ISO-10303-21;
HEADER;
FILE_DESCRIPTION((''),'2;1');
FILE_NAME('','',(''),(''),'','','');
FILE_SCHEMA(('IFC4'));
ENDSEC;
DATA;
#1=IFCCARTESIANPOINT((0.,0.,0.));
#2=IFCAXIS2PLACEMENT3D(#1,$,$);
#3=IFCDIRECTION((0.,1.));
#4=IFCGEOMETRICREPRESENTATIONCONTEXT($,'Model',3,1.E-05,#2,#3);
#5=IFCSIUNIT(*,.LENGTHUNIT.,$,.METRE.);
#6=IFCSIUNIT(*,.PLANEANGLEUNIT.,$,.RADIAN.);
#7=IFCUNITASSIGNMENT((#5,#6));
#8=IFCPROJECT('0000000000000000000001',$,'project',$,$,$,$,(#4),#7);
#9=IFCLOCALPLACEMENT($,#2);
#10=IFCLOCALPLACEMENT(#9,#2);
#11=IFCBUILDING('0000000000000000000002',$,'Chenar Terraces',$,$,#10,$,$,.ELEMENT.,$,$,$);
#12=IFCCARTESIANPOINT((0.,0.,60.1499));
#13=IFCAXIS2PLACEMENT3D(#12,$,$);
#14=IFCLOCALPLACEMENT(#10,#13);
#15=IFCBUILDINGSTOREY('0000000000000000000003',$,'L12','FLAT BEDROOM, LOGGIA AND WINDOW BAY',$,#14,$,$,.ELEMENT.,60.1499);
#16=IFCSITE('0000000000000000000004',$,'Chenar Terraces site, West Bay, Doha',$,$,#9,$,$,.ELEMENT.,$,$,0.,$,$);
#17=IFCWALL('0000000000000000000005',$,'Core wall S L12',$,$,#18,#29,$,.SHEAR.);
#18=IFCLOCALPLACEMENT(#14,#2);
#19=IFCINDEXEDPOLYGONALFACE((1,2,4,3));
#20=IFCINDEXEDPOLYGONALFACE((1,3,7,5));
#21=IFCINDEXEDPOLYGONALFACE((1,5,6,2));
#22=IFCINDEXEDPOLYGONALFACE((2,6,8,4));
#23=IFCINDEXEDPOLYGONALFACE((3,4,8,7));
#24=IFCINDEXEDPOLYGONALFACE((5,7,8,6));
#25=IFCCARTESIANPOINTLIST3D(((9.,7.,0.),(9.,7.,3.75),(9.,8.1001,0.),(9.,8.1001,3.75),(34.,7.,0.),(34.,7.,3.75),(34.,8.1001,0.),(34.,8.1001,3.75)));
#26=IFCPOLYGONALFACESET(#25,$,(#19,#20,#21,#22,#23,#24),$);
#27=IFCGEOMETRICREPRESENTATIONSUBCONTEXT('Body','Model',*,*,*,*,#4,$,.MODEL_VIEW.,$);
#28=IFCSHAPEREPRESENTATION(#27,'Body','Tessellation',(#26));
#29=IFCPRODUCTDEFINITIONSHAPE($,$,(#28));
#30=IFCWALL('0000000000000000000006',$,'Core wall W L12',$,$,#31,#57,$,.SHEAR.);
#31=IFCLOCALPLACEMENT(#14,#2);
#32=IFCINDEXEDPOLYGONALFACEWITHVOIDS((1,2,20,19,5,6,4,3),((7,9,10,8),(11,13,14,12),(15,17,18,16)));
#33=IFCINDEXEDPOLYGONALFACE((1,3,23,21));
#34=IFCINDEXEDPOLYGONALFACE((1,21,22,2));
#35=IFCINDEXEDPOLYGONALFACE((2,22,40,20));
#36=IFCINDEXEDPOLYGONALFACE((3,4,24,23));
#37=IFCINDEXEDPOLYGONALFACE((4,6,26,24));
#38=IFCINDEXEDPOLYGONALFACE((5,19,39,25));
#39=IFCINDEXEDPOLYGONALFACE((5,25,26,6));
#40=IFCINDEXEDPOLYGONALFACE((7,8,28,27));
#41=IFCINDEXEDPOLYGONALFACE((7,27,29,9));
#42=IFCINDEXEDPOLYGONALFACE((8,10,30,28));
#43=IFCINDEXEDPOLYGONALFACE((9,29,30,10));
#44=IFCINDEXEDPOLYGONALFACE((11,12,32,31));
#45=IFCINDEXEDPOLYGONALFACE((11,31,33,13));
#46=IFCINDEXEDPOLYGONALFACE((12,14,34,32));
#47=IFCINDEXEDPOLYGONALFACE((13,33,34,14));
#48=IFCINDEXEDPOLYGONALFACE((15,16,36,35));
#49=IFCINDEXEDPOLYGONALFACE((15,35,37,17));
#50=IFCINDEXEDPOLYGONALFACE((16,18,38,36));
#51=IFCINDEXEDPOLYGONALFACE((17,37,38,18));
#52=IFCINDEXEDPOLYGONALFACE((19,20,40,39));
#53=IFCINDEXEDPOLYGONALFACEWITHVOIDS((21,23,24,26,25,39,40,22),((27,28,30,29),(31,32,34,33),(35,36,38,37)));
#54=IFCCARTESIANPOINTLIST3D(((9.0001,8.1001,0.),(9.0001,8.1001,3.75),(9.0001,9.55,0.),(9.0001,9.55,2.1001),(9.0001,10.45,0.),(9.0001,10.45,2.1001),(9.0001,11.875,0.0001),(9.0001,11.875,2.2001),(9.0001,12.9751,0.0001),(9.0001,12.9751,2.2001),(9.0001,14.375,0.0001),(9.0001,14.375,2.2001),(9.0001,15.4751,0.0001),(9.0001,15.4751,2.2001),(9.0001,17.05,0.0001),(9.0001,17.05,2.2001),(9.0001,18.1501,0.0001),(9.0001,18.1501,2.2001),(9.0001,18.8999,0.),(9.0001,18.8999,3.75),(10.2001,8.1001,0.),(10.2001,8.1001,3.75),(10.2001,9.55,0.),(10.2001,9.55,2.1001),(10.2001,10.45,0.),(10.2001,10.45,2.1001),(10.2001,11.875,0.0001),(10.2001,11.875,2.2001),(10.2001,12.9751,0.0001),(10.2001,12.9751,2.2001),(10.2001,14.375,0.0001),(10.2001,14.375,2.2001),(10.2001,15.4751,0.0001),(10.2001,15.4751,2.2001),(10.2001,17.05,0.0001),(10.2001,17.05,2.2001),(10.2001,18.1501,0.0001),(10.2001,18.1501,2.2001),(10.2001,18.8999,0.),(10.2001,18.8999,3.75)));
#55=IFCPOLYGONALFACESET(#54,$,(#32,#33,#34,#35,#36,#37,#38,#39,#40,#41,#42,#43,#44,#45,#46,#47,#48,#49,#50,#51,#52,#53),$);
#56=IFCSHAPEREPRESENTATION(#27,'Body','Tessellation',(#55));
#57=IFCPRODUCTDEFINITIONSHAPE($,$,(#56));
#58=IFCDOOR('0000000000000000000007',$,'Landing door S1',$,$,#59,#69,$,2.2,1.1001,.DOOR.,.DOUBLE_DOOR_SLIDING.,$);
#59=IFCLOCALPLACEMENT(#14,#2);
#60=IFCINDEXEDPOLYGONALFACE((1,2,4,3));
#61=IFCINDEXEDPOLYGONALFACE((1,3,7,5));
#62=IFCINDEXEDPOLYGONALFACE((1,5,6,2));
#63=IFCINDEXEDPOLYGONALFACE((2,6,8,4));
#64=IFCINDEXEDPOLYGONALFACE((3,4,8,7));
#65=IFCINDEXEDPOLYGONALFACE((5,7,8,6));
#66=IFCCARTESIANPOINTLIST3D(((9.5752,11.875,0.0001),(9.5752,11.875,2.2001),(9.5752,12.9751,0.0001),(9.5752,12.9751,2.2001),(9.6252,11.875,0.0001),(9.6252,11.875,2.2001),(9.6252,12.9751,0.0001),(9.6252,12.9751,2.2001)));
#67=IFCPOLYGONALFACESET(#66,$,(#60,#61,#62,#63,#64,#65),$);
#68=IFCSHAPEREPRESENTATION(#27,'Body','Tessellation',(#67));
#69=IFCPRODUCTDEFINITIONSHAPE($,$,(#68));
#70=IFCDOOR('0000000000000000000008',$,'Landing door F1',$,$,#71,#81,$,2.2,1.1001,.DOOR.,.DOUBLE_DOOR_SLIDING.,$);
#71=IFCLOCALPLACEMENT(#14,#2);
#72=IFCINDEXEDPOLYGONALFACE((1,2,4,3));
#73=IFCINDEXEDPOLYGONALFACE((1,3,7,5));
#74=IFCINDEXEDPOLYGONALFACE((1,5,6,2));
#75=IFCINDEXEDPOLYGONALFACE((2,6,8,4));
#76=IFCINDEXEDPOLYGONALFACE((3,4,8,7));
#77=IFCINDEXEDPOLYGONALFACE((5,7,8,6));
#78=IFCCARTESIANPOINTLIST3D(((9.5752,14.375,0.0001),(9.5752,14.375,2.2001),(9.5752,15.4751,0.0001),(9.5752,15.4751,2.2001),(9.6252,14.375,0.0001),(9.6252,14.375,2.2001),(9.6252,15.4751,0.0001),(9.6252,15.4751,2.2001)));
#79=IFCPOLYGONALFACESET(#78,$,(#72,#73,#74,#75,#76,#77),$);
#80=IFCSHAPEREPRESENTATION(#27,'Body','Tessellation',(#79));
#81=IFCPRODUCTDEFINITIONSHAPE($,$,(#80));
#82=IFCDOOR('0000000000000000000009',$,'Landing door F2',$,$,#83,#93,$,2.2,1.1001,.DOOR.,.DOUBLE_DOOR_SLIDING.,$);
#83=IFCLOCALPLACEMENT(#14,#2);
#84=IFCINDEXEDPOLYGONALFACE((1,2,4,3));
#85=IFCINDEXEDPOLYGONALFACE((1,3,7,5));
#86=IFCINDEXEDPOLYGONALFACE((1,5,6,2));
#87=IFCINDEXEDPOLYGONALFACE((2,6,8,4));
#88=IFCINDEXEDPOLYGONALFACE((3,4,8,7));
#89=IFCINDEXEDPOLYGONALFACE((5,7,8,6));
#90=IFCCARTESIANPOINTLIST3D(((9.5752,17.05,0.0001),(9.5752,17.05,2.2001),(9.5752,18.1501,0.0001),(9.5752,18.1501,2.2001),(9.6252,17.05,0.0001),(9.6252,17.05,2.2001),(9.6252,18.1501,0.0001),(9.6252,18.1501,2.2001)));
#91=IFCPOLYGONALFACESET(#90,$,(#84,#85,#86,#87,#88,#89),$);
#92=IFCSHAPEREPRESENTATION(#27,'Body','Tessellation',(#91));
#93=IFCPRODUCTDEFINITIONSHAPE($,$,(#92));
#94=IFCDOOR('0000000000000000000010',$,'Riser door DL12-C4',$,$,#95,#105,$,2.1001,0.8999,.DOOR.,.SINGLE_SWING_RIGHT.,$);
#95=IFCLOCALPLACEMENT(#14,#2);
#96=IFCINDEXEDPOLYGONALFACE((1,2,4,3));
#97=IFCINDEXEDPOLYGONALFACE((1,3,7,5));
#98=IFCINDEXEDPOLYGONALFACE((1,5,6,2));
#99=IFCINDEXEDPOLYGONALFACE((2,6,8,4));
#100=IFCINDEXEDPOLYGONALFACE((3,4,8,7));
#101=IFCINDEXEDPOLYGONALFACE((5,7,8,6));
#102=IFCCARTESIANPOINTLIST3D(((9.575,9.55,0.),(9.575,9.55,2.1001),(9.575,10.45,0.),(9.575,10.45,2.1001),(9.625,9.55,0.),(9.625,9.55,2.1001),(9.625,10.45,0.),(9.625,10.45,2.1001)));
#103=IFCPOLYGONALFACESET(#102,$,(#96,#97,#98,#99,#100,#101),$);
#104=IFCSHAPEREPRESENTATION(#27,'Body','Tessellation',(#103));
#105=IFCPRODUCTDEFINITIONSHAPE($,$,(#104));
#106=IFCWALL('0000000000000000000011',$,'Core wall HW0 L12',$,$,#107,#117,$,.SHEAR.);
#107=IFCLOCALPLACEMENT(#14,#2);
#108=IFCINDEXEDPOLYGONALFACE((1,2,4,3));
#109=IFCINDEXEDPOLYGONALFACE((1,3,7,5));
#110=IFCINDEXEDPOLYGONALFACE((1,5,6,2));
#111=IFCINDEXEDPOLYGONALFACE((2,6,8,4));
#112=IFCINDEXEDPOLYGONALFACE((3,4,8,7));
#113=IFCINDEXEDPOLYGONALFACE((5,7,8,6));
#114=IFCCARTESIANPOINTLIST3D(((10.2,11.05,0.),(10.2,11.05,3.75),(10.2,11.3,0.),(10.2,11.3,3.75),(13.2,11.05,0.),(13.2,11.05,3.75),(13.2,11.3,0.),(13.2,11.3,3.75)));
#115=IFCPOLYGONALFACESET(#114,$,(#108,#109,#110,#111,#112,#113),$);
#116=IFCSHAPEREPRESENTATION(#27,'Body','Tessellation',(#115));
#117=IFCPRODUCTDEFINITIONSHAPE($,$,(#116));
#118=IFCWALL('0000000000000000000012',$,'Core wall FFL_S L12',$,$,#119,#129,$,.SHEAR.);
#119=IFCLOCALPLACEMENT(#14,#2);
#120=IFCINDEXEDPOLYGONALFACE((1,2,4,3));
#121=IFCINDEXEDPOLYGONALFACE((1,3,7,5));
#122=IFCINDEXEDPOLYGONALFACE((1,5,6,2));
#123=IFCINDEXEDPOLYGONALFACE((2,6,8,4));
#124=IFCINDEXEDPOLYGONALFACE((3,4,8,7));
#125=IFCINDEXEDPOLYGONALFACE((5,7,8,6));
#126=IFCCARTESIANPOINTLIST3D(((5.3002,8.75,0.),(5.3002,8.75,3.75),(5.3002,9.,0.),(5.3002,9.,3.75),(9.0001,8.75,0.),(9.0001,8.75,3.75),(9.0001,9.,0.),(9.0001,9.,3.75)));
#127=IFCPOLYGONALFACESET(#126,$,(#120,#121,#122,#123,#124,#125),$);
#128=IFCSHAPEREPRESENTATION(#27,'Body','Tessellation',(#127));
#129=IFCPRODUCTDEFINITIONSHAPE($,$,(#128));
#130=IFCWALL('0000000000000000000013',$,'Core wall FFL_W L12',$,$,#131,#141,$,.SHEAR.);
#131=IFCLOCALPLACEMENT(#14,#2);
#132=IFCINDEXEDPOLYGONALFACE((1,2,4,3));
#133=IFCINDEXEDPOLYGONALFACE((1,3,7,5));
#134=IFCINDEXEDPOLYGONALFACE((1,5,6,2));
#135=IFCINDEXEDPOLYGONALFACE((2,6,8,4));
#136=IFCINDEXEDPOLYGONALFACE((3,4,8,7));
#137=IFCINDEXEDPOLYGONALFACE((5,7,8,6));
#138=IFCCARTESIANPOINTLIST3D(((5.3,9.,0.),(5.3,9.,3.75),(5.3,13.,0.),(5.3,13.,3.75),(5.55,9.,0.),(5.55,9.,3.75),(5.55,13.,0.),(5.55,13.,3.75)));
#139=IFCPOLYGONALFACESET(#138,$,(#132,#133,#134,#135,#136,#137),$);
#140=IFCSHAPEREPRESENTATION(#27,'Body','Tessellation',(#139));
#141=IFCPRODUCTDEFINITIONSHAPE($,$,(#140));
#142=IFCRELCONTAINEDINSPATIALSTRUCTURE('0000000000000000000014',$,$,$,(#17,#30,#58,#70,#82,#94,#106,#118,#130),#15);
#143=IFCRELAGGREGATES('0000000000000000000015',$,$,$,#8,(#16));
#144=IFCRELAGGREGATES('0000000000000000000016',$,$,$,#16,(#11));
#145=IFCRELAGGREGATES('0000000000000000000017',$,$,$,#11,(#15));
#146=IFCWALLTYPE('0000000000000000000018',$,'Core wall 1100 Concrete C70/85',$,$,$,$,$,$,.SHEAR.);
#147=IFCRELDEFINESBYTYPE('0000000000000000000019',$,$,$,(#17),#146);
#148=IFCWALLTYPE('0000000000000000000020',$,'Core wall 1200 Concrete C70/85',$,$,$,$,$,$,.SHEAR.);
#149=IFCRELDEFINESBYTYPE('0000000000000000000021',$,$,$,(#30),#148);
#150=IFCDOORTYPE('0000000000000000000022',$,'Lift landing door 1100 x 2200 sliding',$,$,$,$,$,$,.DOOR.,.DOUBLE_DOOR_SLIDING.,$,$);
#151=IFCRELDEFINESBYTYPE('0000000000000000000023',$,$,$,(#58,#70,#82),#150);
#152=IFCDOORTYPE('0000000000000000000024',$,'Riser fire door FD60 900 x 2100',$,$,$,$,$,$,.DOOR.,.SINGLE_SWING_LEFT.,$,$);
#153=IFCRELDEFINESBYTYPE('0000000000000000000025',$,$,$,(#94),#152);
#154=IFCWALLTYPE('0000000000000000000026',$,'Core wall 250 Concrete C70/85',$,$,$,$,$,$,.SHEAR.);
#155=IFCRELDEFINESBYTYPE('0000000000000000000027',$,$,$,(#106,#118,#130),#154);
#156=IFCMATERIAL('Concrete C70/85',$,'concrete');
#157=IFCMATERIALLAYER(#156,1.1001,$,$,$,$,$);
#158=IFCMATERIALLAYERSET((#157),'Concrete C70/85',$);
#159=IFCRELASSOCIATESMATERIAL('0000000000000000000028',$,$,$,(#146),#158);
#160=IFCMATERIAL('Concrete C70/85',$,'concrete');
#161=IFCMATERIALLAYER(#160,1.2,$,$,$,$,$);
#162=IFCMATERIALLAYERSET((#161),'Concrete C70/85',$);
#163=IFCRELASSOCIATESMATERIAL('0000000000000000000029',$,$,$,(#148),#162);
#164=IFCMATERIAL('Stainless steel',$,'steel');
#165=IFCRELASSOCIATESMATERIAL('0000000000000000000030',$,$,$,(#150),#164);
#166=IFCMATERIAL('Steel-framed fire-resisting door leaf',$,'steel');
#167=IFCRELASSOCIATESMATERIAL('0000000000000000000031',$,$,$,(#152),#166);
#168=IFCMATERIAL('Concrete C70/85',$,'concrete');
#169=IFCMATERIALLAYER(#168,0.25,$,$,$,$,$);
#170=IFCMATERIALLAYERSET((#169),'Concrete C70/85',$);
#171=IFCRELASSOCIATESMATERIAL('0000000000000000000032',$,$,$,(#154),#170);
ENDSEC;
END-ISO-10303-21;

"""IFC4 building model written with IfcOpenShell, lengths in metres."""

from ifc_helpers import new_model, si_unit, direction, frame, frame_2d, origin, place, context, subcontext, project, spatial, rectangle, extrude, material, layer, layer_set, type_object, element, fill, save


model = new_model("IFC4")

# Units and contexts
model_context = context("Model", 3, precision=1e-05, world=origin(), true_north=direction((0.0, 1.0)))
body_context = subcontext(model_context, "Body", "Model", "MODEL_VIEW")
ifc_project = project(units=[si_unit("LENGTHUNIT", "METRE"), si_unit("PLANEANGLEUNIT", "RADIAN")], contexts=[model_context])

# Site, building, storey
site_placement = place(None, origin())
site = spatial("IfcSite", under=ifc_project, at=site_placement, Name="Chenar Terraces site, West Bay, Doha", CompositionType="ELEMENT", RefElevation=0.0)
building_placement = place(site_placement, origin())
building = spatial("IfcBuilding", under=site, at=building_placement, Name="Chenar Terraces", CompositionType="ELEMENT")
storey_placement = place(building_placement, frame((0.0, 0.0, 60.1499)))
storey = spatial("IfcBuildingStorey", under=building, at=storey_placement, Name="L12", Description="FLAT BEDROOM, LOGGIA AND WINDOW BAY", CompositionType="ELEMENT", Elevation=60.1499)

# Wall
ifc_material_1 = material(Name="Concrete C70/85", Category="concrete")
ifc_layer_1 = layer(ifc_material_1, 1.1001)
ifc_layer_set_1 = layer_set([ifc_layer_1], Name="Concrete C70/85")
wall_type_1 = type_object("IfcWallType", Name="Core wall 1100 Concrete C70/85", PredefinedType="SHEAR", material=ifc_layer_set_1)
wall_1_placement = place(storey_placement, frame((9.0, 7.55, 0.0), z_axis=(0.0, 0.0, 1.0), x_axis=(1.0, 0.0, 0.0)))
element("IfcWall", 1, at=wall_1_placement, inside=storey, type_object=wall_type_1, Name="Core wall S L12", PredefinedType="SHEAR", context=body_context, shape_type="SweptSolid", body=[
    extrude(rectangle(XDim=25.0, YDim=1.1001, at=frame_2d((12.5, 0.0))), origin(), (0.0, 0.0, 1.0), 3.75),
])

# Wall, openings, doors
ifc_material_2 = material(Name="Concrete C70/85", Category="concrete")
ifc_layer_2 = layer(ifc_material_2, 1.2)
ifc_layer_set_2 = layer_set([ifc_layer_2], Name="Concrete C70/85")
wall_type_2 = type_object("IfcWallType", Name="Core wall 1200 Concrete C70/85", PredefinedType="SHEAR", material=ifc_layer_set_2)
wall_2_placement = place(storey_placement, frame((9.6001, 8.1001, 0.0), z_axis=(0.0, 0.0, 1.0), x_axis=(0.0, 1.0, 0.0)))
wall_2 = element("IfcWall", 2, at=wall_2_placement, inside=storey, type_object=wall_type_2, Name="Core wall W L12", PredefinedType="SHEAR", context=body_context, shape_type="SweptSolid", body=[
    extrude(rectangle(XDim=10.7998, YDim=1.2, at=frame_2d((5.3999, 0.0))), origin(), (0.0, 0.0, 1.0), 3.75),
])
opening_1_placement = place(wall_2_placement, frame((3.7749, 0.0, 0.0)))
opening_1 = element("IfcOpeningElement", 3, at=opening_1_placement, cuts=wall_2, PredefinedType="OPENING", context=body_context, shape_type="SweptSolid", body=[
    extrude(rectangle(XDim=1.1001, YDim=2.2, at=frame_2d((0.55, 1.1001))), frame((0.0, 0.6099, 0.0), z_axis=(0.0, -1.0, 0.0), x_axis=(1.0, 0.0, 0.0)), (0.0, 0.0, 1.0), 1.22),
])
opening_2_placement = place(wall_2_placement, frame((6.2749, 0.0, 0.0)))
opening_2 = element("IfcOpeningElement", 4, at=opening_2_placement, cuts=wall_2, PredefinedType="OPENING", context=body_context, shape_type="SweptSolid", body=[
    extrude(rectangle(XDim=1.1001, YDim=2.2, at=frame_2d((0.55, 1.1001))), frame((0.0, 0.6099, 0.0), z_axis=(0.0, -1.0, 0.0), x_axis=(1.0, 0.0, 0.0)), (0.0, 0.0, 1.0), 1.22),
])
opening_3_placement = place(wall_2_placement, frame((8.95, 0.0, 0.0)))
opening_3 = element("IfcOpeningElement", 5, at=opening_3_placement, cuts=wall_2, PredefinedType="OPENING", context=body_context, shape_type="SweptSolid", body=[
    extrude(rectangle(XDim=1.1001, YDim=2.2, at=frame_2d((0.55, 1.1001))), frame((0.0, 0.6099, 0.0), z_axis=(0.0, -1.0, 0.0), x_axis=(1.0, 0.0, 0.0)), (0.0, 0.0, 1.0), 1.22),
])
opening_4_placement = place(wall_2_placement, frame((1.45, 0.0, 0.0)))
opening_4 = element("IfcOpeningElement", 6, at=opening_4_placement, cuts=wall_2, PredefinedType="OPENING", context=body_context, shape_type="SweptSolid", body=[
    extrude(rectangle(XDim=0.8999, YDim=2.1001, at=frame_2d((0.45, 1.05))), frame((0.0, 0.6099, 0.0), z_axis=(0.0, -1.0, 0.0), x_axis=(1.0, 0.0, 0.0)), (0.0, 0.0, 1.0), 1.22),
])
ifc_material_3 = material(Name="Stainless steel", Category="steel")
door_type_1 = type_object("IfcDoorType", Name="Lift landing door 1100 x 2200 sliding", OperationType="DOUBLE_DOOR_SLIDING", PredefinedType="DOOR", material=ifc_material_3)
door_1_placement = place(opening_1_placement, origin())
door_1 = element("IfcDoor", 7, at=door_1_placement, inside=storey, type_object=door_type_1, Name="Landing door S1", OperationType="DOUBLE_DOOR_SLIDING", OverallHeight=2.2, OverallWidth=1.1001, PredefinedType="DOOR", context=body_context, shape_type="SweptSolid", body=[
    extrude(rectangle(XDim=1.1001, YDim=2.2, at=frame_2d((0.55, 1.1001))), frame((0.0, 0.0249, 0.0), z_axis=(0.0, -1.0, 0.0), x_axis=(1.0, 0.0, 0.0)), (0.0, 0.0, 1.0), 0.05),
])
fill(opening_1, door_1)
door_2_placement = place(opening_2_placement, origin())
door_2 = element("IfcDoor", 8, at=door_2_placement, inside=storey, type_object=door_type_1, Name="Landing door F1", OperationType="DOUBLE_DOOR_SLIDING", OverallHeight=2.2, OverallWidth=1.1001, PredefinedType="DOOR", context=body_context, shape_type="SweptSolid", body=[
    extrude(rectangle(XDim=1.1001, YDim=2.2, at=frame_2d((0.55, 1.1001))), frame((0.0, 0.0249, 0.0), z_axis=(0.0, -1.0, 0.0), x_axis=(1.0, 0.0, 0.0)), (0.0, 0.0, 1.0), 0.05),
])
fill(opening_2, door_2)
door_3_placement = place(opening_3_placement, origin())
door_3 = element("IfcDoor", 9, at=door_3_placement, inside=storey, type_object=door_type_1, Name="Landing door F2", OperationType="DOUBLE_DOOR_SLIDING", OverallHeight=2.2, OverallWidth=1.1001, PredefinedType="DOOR", context=body_context, shape_type="SweptSolid", body=[
    extrude(rectangle(XDim=1.1001, YDim=2.2, at=frame_2d((0.55, 1.1001))), frame((0.0, 0.0249, 0.0), z_axis=(0.0, -1.0, 0.0), x_axis=(1.0, 0.0, 0.0)), (0.0, 0.0, 1.0), 0.05),
])
fill(opening_3, door_3)
ifc_material_4 = material(Name="Steel-framed fire-resisting door leaf", Category="steel")
door_type_2 = type_object("IfcDoorType", Name="Riser fire door FD60 900 x 2100", OperationType="SINGLE_SWING_LEFT", PredefinedType="DOOR", material=ifc_material_4)
door_4_placement = place(opening_4_placement, frame((0.8999, 0.0, 0.0), z_axis=(0.0, 0.0, 1.0), x_axis=(-1.0, 0.0, 0.0)))
door_4 = element("IfcDoor", 10, at=door_4_placement, inside=storey, type_object=door_type_2, Name="Riser door DL12-C4", OperationType="SINGLE_SWING_RIGHT", OverallHeight=2.1001, OverallWidth=0.8999, PredefinedType="DOOR", context=body_context, shape_type="SweptSolid", body=[
    extrude(rectangle(XDim=0.8999, YDim=2.1001, at=frame_2d((0.45, 1.05))), frame((0.0, 0.0249, 0.0), z_axis=(0.0, -1.0, 0.0), x_axis=(1.0, 0.0, 0.0)), (0.0, 0.0, 1.0), 0.05),
])
fill(opening_4, door_4)

# Walls
ifc_material_5 = material(Name="Concrete C70/85", Category="concrete")
ifc_layer_3 = layer(ifc_material_5, 0.25)
ifc_layer_set_3 = layer_set([ifc_layer_3], Name="Concrete C70/85")
wall_type_3 = type_object("IfcWallType", Name="Core wall 250 Concrete C70/85", PredefinedType="SHEAR", material=ifc_layer_set_3)
wall_3_placement = place(storey_placement, frame((10.2, 11.175, 0.0), z_axis=(0.0, 0.0, 1.0), x_axis=(1.0, 0.0, 0.0)))
element("IfcWall", 11, at=wall_3_placement, inside=storey, type_object=wall_type_3, Name="Core wall HW0 L12", PredefinedType="SHEAR", context=body_context, shape_type="SweptSolid", body=[
    extrude(rectangle(XDim=3.0, YDim=0.25, at=frame_2d((1.5, 0.0))), origin(), (0.0, 0.0, 1.0), 3.75),
])
wall_4_placement = place(storey_placement, frame((5.3, 8.875, 0.0), z_axis=(0.0, 0.0, 1.0), x_axis=(1.0, 0.0, 0.0)))
element("IfcWall", 12, at=wall_4_placement, inside=storey, type_object=wall_type_3, Name="Core wall FFL_S L12", PredefinedType="SHEAR", context=body_context, shape_type="SweptSolid", body=[
    extrude(rectangle(XDim=3.7, YDim=0.25, at=frame_2d((1.8501, 0.0))), origin(), (0.0, 0.0, 1.0), 3.75),
])
wall_5_placement = place(storey_placement, frame((5.425, 9.0, 0.0), z_axis=(0.0, 0.0, 1.0), x_axis=(0.0, 1.0, 0.0)))
element("IfcWall", 13, at=wall_5_placement, inside=storey, type_object=wall_type_3, Name="Core wall FFL_W L12", PredefinedType="SHEAR", context=body_context, shape_type="SweptSolid", body=[
    extrude(rectangle(XDim=4.0, YDim=0.25, at=frame_2d((2.0, 0.0))), origin(), (0.0, 0.0, 1.0), 3.75),
])

save(model, "model.ifc")
